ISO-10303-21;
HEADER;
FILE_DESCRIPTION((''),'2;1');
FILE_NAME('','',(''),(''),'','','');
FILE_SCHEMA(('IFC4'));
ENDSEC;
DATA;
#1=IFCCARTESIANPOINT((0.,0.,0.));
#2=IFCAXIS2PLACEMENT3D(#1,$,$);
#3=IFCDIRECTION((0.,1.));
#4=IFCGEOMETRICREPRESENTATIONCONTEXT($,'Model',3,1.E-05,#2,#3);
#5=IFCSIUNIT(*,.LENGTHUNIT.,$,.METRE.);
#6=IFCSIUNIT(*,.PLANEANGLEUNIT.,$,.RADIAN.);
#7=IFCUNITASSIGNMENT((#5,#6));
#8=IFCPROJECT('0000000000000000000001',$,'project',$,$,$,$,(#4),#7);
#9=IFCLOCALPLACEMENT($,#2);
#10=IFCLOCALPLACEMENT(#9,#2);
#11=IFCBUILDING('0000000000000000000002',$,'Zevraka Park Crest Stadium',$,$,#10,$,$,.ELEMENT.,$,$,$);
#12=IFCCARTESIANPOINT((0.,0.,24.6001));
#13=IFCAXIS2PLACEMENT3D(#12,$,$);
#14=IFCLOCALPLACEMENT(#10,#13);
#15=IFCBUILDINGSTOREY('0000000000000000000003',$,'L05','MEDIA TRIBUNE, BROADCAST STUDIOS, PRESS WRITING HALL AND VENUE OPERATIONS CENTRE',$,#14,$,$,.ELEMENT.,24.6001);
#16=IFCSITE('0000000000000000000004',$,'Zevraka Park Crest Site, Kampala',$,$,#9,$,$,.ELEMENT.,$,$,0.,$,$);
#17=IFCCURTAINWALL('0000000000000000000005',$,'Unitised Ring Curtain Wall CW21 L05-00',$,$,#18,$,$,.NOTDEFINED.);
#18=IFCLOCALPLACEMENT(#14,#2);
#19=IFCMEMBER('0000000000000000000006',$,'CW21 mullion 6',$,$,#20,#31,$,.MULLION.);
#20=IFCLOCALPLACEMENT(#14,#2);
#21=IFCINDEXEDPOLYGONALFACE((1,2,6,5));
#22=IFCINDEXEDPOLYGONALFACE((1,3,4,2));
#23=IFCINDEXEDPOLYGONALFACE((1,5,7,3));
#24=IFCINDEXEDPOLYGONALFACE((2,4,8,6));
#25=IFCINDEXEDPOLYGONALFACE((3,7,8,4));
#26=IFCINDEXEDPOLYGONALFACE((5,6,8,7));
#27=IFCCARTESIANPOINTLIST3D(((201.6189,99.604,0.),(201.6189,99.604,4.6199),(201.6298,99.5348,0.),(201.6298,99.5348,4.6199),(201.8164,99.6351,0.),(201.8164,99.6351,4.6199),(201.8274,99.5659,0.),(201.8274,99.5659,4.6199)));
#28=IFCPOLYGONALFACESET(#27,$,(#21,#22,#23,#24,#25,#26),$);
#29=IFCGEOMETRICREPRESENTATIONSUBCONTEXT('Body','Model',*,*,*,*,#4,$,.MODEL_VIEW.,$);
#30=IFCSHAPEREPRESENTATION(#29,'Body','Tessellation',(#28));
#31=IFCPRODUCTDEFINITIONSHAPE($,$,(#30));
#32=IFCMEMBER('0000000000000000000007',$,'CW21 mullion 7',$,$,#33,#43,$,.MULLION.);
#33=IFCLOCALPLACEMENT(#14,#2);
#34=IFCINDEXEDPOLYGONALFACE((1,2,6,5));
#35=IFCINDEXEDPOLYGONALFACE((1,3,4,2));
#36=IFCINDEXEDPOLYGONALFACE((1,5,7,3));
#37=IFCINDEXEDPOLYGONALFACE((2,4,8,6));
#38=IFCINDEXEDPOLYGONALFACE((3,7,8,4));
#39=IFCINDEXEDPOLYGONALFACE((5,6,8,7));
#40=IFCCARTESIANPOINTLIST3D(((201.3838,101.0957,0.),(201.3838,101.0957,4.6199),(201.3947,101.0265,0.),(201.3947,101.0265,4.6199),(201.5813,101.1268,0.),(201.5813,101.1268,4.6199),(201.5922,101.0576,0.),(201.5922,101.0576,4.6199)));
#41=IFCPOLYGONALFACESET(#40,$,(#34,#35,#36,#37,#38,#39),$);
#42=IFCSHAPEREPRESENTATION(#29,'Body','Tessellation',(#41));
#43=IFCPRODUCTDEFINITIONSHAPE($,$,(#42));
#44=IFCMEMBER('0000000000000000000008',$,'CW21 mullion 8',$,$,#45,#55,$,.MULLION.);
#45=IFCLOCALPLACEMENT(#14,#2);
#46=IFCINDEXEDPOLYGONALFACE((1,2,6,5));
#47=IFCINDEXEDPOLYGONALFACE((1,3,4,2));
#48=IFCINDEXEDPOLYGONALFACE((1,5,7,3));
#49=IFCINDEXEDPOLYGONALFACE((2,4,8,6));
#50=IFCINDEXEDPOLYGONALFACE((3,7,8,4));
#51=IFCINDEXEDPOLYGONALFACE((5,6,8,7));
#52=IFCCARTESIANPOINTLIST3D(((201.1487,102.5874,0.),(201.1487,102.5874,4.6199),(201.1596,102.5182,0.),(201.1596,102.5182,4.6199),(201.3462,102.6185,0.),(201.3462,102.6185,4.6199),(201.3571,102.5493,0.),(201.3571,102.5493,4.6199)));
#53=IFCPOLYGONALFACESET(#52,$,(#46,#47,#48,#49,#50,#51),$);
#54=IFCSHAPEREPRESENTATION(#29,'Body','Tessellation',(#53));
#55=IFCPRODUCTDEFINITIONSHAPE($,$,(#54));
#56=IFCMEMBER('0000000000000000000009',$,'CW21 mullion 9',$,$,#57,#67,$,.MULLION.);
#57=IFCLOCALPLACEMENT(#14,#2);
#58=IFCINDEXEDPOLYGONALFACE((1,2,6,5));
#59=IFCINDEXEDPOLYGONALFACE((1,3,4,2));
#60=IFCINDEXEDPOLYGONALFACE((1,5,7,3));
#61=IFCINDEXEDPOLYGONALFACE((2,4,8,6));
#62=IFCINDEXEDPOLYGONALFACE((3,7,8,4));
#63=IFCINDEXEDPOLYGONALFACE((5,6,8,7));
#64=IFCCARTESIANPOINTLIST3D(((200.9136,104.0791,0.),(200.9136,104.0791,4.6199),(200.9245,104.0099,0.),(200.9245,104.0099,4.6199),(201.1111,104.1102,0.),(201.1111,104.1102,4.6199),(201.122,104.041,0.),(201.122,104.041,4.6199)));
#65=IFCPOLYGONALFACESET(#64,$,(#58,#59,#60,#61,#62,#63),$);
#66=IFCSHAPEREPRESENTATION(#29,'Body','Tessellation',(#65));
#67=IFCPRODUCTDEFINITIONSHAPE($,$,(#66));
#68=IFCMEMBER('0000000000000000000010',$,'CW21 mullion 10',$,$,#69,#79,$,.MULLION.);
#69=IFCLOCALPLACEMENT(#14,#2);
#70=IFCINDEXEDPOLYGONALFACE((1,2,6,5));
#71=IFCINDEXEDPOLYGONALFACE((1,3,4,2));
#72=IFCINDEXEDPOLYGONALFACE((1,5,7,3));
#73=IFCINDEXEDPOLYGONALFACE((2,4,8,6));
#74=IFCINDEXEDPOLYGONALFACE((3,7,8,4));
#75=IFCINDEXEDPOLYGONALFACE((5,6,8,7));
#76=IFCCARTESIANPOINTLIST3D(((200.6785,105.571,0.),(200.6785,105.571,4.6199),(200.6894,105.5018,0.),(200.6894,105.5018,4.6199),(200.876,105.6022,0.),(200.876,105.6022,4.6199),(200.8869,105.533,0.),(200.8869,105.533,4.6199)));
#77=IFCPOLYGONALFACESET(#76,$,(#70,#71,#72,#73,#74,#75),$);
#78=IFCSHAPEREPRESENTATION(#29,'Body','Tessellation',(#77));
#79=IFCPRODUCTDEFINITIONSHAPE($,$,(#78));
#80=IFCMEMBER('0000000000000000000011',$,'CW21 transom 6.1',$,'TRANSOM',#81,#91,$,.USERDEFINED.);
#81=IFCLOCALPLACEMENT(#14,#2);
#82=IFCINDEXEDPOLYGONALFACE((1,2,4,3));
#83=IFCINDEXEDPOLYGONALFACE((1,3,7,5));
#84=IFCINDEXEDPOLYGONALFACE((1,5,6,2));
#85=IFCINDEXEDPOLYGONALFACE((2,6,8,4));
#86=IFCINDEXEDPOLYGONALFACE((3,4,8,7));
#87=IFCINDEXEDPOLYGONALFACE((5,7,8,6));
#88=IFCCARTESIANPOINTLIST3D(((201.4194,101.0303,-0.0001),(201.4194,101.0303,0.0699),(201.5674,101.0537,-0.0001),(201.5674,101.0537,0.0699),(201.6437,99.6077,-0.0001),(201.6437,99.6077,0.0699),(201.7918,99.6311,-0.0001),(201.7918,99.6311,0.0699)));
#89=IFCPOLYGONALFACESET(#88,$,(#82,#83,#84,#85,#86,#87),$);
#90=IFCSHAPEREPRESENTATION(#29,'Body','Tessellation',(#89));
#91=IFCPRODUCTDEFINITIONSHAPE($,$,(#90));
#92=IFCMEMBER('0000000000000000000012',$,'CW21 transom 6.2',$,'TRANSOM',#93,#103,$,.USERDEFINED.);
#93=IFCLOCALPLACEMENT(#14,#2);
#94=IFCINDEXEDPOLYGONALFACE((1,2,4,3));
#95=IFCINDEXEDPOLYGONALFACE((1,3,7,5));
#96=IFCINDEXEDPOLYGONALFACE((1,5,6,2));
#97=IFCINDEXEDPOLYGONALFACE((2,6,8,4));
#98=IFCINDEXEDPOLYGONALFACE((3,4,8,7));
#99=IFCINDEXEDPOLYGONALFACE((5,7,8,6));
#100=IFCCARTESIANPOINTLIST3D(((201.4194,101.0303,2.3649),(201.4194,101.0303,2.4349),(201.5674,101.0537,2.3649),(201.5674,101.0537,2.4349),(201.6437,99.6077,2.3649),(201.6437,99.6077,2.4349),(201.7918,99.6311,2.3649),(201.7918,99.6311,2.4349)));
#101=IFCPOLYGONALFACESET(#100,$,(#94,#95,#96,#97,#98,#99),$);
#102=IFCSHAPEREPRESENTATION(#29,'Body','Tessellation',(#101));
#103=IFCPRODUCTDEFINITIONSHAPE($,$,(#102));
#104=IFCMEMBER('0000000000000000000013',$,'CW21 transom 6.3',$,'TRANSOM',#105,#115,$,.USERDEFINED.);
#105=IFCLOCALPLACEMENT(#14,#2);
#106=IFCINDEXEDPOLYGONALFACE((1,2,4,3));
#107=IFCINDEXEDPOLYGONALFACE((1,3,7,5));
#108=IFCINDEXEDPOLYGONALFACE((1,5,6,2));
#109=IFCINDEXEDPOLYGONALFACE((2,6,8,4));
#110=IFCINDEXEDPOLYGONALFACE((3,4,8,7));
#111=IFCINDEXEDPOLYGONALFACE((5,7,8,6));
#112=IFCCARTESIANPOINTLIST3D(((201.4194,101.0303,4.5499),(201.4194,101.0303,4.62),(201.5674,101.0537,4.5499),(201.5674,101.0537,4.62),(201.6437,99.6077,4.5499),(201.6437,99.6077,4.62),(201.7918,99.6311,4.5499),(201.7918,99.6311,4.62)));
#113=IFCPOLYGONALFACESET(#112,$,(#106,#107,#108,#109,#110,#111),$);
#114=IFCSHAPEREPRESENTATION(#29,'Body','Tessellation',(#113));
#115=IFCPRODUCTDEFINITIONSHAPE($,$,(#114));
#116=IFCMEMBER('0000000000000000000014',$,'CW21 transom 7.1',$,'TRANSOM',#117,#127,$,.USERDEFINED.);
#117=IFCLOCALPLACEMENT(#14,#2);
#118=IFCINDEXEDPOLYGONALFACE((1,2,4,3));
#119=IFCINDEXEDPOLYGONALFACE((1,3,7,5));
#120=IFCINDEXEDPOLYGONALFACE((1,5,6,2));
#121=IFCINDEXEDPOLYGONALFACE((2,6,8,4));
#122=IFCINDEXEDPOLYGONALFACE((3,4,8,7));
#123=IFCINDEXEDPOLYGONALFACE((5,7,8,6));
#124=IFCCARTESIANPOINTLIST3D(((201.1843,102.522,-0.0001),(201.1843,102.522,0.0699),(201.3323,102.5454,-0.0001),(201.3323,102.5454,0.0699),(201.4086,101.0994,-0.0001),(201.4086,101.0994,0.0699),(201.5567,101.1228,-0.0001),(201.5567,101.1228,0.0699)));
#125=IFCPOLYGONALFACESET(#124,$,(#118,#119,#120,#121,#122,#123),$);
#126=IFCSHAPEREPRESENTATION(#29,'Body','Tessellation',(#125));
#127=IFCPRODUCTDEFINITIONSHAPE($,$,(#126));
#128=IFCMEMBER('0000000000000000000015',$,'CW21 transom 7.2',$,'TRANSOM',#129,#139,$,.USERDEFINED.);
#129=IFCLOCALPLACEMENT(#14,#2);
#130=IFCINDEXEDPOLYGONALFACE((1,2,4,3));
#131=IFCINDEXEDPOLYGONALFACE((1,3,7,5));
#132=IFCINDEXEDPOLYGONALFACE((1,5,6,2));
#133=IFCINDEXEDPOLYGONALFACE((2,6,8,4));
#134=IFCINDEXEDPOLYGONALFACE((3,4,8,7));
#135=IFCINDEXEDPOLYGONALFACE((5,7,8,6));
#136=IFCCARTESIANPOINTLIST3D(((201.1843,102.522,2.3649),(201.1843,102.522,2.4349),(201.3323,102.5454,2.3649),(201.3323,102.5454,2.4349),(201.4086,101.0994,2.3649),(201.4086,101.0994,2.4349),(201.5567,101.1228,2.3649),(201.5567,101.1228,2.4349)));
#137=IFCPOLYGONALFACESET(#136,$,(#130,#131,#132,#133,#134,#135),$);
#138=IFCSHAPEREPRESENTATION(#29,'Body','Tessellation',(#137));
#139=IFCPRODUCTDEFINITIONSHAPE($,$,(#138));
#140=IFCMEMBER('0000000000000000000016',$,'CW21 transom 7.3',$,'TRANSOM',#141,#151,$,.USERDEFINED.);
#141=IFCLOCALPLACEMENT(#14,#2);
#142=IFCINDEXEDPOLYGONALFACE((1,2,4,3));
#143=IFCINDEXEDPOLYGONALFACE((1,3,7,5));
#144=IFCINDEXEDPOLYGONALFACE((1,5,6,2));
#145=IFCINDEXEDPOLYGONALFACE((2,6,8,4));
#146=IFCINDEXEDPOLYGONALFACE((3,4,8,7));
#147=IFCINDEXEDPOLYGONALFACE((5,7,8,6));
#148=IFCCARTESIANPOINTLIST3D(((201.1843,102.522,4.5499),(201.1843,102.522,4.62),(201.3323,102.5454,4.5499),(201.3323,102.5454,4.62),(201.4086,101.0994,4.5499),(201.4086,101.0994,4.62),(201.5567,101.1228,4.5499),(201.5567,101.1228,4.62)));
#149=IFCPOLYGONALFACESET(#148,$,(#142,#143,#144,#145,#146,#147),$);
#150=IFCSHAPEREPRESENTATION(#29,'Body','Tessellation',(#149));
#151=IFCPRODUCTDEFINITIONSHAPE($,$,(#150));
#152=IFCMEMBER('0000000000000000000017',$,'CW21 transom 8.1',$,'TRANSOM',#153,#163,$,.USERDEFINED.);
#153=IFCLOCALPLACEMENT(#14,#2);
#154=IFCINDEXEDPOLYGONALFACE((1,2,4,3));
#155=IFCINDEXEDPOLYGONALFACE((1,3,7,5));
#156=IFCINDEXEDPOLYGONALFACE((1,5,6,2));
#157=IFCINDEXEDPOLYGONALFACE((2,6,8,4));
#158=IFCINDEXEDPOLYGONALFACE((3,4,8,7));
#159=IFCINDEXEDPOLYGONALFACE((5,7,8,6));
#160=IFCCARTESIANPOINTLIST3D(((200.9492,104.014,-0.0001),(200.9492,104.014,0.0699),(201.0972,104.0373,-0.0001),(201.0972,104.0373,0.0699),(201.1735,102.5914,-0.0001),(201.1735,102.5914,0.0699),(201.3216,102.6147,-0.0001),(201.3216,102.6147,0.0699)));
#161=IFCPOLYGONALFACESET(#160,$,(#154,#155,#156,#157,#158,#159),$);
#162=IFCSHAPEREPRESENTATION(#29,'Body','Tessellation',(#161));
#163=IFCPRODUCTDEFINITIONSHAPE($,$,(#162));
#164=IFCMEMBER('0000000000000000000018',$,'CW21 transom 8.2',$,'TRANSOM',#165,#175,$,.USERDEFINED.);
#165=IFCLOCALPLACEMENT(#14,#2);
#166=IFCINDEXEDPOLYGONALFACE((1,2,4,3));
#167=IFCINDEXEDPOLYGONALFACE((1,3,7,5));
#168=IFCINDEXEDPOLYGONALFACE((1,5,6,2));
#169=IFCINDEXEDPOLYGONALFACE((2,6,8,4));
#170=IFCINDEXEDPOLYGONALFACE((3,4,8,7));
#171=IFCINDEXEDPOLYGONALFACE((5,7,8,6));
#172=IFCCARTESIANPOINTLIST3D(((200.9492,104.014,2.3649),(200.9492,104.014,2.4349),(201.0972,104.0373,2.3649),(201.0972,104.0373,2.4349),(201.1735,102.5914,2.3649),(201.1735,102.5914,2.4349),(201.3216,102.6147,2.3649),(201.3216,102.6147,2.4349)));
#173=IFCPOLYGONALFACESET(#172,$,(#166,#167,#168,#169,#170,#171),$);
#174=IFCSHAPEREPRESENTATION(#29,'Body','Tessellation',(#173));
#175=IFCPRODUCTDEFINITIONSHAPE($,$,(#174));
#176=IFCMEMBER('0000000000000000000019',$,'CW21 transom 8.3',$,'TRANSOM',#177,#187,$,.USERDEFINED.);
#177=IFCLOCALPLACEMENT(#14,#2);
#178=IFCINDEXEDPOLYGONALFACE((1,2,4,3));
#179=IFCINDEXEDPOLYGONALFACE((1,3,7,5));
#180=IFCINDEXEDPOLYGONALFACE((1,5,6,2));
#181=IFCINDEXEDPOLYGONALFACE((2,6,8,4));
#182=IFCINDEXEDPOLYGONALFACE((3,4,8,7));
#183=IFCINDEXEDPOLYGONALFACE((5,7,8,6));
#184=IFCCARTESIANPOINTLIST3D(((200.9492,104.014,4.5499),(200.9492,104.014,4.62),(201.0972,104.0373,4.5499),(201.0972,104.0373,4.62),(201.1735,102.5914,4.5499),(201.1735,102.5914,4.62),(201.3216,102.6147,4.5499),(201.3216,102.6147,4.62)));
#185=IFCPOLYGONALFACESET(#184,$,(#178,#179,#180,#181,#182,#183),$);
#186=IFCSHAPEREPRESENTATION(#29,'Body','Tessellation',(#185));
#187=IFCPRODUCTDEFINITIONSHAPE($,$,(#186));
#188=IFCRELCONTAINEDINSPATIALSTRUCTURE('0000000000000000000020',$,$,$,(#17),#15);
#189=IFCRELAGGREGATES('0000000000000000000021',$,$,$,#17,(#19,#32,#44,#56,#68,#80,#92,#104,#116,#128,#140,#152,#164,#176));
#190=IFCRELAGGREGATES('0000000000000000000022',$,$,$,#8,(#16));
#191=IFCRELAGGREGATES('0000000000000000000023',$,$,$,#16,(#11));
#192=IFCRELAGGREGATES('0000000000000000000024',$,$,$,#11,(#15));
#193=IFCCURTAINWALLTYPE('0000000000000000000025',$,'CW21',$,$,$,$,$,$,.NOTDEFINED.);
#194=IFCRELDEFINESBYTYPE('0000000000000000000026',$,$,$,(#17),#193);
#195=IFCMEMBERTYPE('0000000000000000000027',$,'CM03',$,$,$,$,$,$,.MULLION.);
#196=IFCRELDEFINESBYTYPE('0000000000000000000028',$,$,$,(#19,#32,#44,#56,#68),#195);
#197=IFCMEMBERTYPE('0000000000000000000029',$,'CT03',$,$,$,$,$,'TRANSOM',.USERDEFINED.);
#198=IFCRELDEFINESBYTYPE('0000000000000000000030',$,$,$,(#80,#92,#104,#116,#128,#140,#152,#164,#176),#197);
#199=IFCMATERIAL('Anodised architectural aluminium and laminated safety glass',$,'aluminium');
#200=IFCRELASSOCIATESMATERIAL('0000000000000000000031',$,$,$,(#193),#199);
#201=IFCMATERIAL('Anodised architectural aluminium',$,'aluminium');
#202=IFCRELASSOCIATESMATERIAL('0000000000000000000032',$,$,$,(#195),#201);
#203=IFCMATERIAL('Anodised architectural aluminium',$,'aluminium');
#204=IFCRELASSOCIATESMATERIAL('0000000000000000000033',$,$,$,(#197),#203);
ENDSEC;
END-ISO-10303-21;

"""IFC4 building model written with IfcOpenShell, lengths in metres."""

from ifc_helpers import new_model, si_unit, direction, frame, origin, origin_2d, place, context, subcontext, project, spatial, rectangle, extrude, material, material_profile, profile_set, type_object, element, aggregate, save


model = new_model("IFC4")

# Units and contexts
model_context = context("Model", 3, precision=1e-05, world=origin(), true_north=direction((0.0, 1.0)))
body_context = subcontext(model_context, "Body", "Model", "MODEL_VIEW")
ifc_project = project(units=[si_unit("LENGTHUNIT", "METRE"), si_unit("PLANEANGLEUNIT", "RADIAN")], contexts=[model_context])

# Site, building, storey
site_placement = place(None, origin())
site = spatial("IfcSite", under=ifc_project, at=site_placement, Name="Zevraka Park Crest Site, Kampala", CompositionType="ELEMENT", RefElevation=0.0)
building_placement = place(site_placement, origin())
building = spatial("IfcBuilding", under=site, at=building_placement, Name="Zevraka Park Crest Stadium", CompositionType="ELEMENT")
storey_placement = place(building_placement, frame((0.0, 0.0, 24.6001)))
storey = spatial("IfcBuildingStorey", under=building, at=storey_placement, Name="L05", Description="MEDIA TRIBUNE, BROADCAST STUDIOS, PRESS WRITING HALL AND VENUE OPERATIONS CENTRE", CompositionType="ELEMENT", Elevation=24.6001)

# Curtain wall, members
ifc_material_1 = material(Name="Anodised architectural aluminium and laminated safety glass", Category="aluminium")
curtain_wall_type = type_object("IfcCurtainWallType", Name="CW21", PredefinedType="NOTDEFINED", material=ifc_material_1)
curtain_wall_placement = place(storey_placement, origin())
curtain_wall = element("IfcCurtainWall", 1, at=curtain_wall_placement, inside=storey, type_object=curtain_wall_type, Name="Unitised Ring Curtain Wall CW21 L05-00", PredefinedType="NOTDEFINED")
ifc_material_2 = material(Name="Anodised architectural aluminium", Category="aluminium")
ifc_material_profile_1 = material_profile(ifc_material_2, rectangle(XDim=0.2, YDim=0.0701, at=origin_2d()), Name="ALU MULLION 200x70")
ifc_profile_set_1 = profile_set([ifc_material_profile_1], Name="Anodised architectural aluminium")
member_type_1 = type_object("IfcMemberType", Name="CM03", PredefinedType="MULLION", material=ifc_profile_set_1)
member_1_placement = place(storey_placement, frame((201.7231, 99.585, 0.0), z_axis=(0.0, 0.0, 1.0), x_axis=(-0.987803, -0.155711, 0.0)))
member_1 = element("IfcMember", 2, at=member_1_placement, type_object=member_type_1, Name="CW21 mullion 6", PredefinedType="MULLION", context=body_context, shape_type="SweptSolid", body=[
    extrude(rectangle(XDim=0.2, YDim=0.0701, at=origin_2d()), origin(), (0.0, 0.0, 1.0), 4.6199),
])
member_2_placement = place(storey_placement, frame((201.488, 101.0767, 0.0), z_axis=(0.0, 0.0, 1.0), x_axis=(-0.987803, -0.155711, 0.0)))
member_2 = element("IfcMember", 3, at=member_2_placement, type_object=member_type_1, Name="CW21 mullion 7", PredefinedType="MULLION", context=body_context, shape_type="SweptSolid", body=[
    extrude(rectangle(XDim=0.2, YDim=0.0701, at=origin_2d()), origin(), (0.0, 0.0, 1.0), 4.6199),
])
member_3_placement = place(storey_placement, frame((201.2529, 102.5684, 0.0), z_axis=(0.0, 0.0, 1.0), x_axis=(-0.987803, -0.155711, 0.0)))
member_3 = element("IfcMember", 4, at=member_3_placement, type_object=member_type_1, Name="CW21 mullion 8", PredefinedType="MULLION", context=body_context, shape_type="SweptSolid", body=[
    extrude(rectangle(XDim=0.2, YDim=0.0701, at=origin_2d()), origin(), (0.0, 0.0, 1.0), 4.6199),
])
member_4_placement = place(storey_placement, frame((201.0178, 104.0601, 0.0), z_axis=(0.0, 0.0, 1.0), x_axis=(-0.987803, -0.155711, 0.0)))
member_4 = element("IfcMember", 5, at=member_4_placement, type_object=member_type_1, Name="CW21 mullion 9", PredefinedType="MULLION", context=body_context, shape_type="SweptSolid", body=[
    extrude(rectangle(XDim=0.2, YDim=0.0701, at=origin_2d()), origin(), (0.0, 0.0, 1.0), 4.6199),
])
member_5_placement = place(storey_placement, frame((200.7827, 105.552, 0.0), z_axis=(0.0, 0.0, 1.0), x_axis=(-0.987803, -0.155711, 0.0)))
member_5 = element("IfcMember", 6, at=member_5_placement, type_object=member_type_1, Name="CW21 mullion 10", PredefinedType="MULLION", context=body_context, shape_type="SweptSolid", body=[
    extrude(rectangle(XDim=0.2, YDim=0.0701, at=origin_2d()), origin(), (0.0, 0.0, 1.0), 4.6199),
])
ifc_material_3 = material(Name="Anodised architectural aluminium", Category="aluminium")
ifc_material_profile_2 = material_profile(ifc_material_3, rectangle(XDim=0.1499, YDim=0.0701, at=origin_2d()), Name="ALU TRANSOM 150x70")
ifc_profile_set_2 = profile_set([ifc_material_profile_2], Name="Anodised architectural aluminium")
member_type_2 = type_object("IfcMemberType", Name="CT03", ElementType="TRANSOM", PredefinedType="USERDEFINED", material=ifc_profile_set_2)
member_6_placement = place(storey_placement, frame((201.7178, 99.6194, 0.0349), z_axis=(-0.155788, 0.98779, 0.0), x_axis=(-0.98779, -0.155788, 0.0)))
member_6 = element("IfcMember", 7, at=member_6_placement, type_object=member_type_2, Name="CW21 transom 6.1", ObjectType="TRANSOM", PredefinedType="USERDEFINED", context=body_context, shape_type="SweptSolid", body=[
    extrude(rectangle(XDim=0.1499, YDim=0.0701, at=origin_2d()), origin(), (0.0, 0.0, 1.0), 1.4402),
])
member_7_placement = place(storey_placement, frame((201.7178, 99.6194, 2.3999), z_axis=(-0.155788, 0.98779, 0.0), x_axis=(-0.98779, -0.155788, 0.0)))
member_7 = element("IfcMember", 8, at=member_7_placement, type_object=member_type_2, Name="CW21 transom 6.2", ObjectType="TRANSOM", PredefinedType="USERDEFINED", context=body_context, shape_type="SweptSolid", body=[
    extrude(rectangle(XDim=0.1499, YDim=0.0701, at=origin_2d()), origin(), (0.0, 0.0, 1.0), 1.4402),
])
member_8_placement = place(storey_placement, frame((201.7178, 99.6194, 4.585), z_axis=(-0.155788, 0.98779, 0.0), x_axis=(-0.98779, -0.155788, 0.0)))
member_8 = element("IfcMember", 9, at=member_8_placement, type_object=member_type_2, Name="CW21 transom 6.3", ObjectType="TRANSOM", PredefinedType="USERDEFINED", context=body_context, shape_type="SweptSolid", body=[
    extrude(rectangle(XDim=0.1499, YDim=0.0701, at=origin_2d()), origin(), (0.0, 0.0, 1.0), 1.4402),
])
member_9_placement = place(storey_placement, frame((201.4827, 101.1111, 0.0349), z_axis=(-0.155788, 0.98779, 0.0), x_axis=(-0.98779, -0.155788, 0.0)))
member_9 = element("IfcMember", 10, at=member_9_placement, type_object=member_type_2, Name="CW21 transom 7.1", ObjectType="TRANSOM", PredefinedType="USERDEFINED", context=body_context, shape_type="SweptSolid", body=[
    extrude(rectangle(XDim=0.1499, YDim=0.0701, at=origin_2d()), origin(), (0.0, 0.0, 1.0), 1.4402),
])
member_10_placement = place(storey_placement, frame((201.4827, 101.1111, 2.3999), z_axis=(-0.155788, 0.98779, 0.0), x_axis=(-0.98779, -0.155788, 0.0)))
member_10 = element("IfcMember", 11, at=member_10_placement, type_object=member_type_2, Name="CW21 transom 7.2", ObjectType="TRANSOM", PredefinedType="USERDEFINED", context=body_context, shape_type="SweptSolid", body=[
    extrude(rectangle(XDim=0.1499, YDim=0.0701, at=origin_2d()), origin(), (0.0, 0.0, 1.0), 1.4402),
])
member_11_placement = place(storey_placement, frame((201.4827, 101.1111, 4.585), z_axis=(-0.155788, 0.98779, 0.0), x_axis=(-0.98779, -0.155788, 0.0)))
member_11 = element("IfcMember", 12, at=member_11_placement, type_object=member_type_2, Name="CW21 transom 7.3", ObjectType="TRANSOM", PredefinedType="USERDEFINED", context=body_context, shape_type="SweptSolid", body=[
    extrude(rectangle(XDim=0.1499, YDim=0.0701, at=origin_2d()), origin(), (0.0, 0.0, 1.0), 1.4402),
])
member_12_placement = place(storey_placement, frame((201.2476, 102.603, 0.0349), z_axis=(-0.155788, 0.98779, 0.0), x_axis=(-0.98779, -0.155788, 0.0)))
member_12 = element("IfcMember", 13, at=member_12_placement, type_object=member_type_2, Name="CW21 transom 8.1", ObjectType="TRANSOM", PredefinedType="USERDEFINED", context=body_context, shape_type="SweptSolid", body=[
    extrude(rectangle(XDim=0.1499, YDim=0.0701, at=origin_2d()), origin(), (0.0, 0.0, 1.0), 1.4402),
])
member_13_placement = place(storey_placement, frame((201.2476, 102.603, 2.3999), z_axis=(-0.155788, 0.98779, 0.0), x_axis=(-0.98779, -0.155788, 0.0)))
member_13 = element("IfcMember", 14, at=member_13_placement, type_object=member_type_2, Name="CW21 transom 8.2", ObjectType="TRANSOM", PredefinedType="USERDEFINED", context=body_context, shape_type="SweptSolid", body=[
    extrude(rectangle(XDim=0.1499, YDim=0.0701, at=origin_2d()), origin(), (0.0, 0.0, 1.0), 1.4402),
])
member_14_placement = place(storey_placement, frame((201.2476, 102.603, 4.585), z_axis=(-0.155788, 0.98779, 0.0), x_axis=(-0.98779, -0.155788, 0.0)))
member_14 = element("IfcMember", 15, at=member_14_placement, type_object=member_type_2, Name="CW21 transom 8.3", ObjectType="TRANSOM", PredefinedType="USERDEFINED", context=body_context, shape_type="SweptSolid", body=[
    extrude(rectangle(XDim=0.1499, YDim=0.0701, at=origin_2d()), origin(), (0.0, 0.0, 1.0), 1.4402),
])
aggregate(curtain_wall, [member_1, member_2, member_3, member_4, member_5, member_6, member_7, member_8, member_9, member_10, member_11, member_12, member_13, member_14])

save(model, "model.ifc")
